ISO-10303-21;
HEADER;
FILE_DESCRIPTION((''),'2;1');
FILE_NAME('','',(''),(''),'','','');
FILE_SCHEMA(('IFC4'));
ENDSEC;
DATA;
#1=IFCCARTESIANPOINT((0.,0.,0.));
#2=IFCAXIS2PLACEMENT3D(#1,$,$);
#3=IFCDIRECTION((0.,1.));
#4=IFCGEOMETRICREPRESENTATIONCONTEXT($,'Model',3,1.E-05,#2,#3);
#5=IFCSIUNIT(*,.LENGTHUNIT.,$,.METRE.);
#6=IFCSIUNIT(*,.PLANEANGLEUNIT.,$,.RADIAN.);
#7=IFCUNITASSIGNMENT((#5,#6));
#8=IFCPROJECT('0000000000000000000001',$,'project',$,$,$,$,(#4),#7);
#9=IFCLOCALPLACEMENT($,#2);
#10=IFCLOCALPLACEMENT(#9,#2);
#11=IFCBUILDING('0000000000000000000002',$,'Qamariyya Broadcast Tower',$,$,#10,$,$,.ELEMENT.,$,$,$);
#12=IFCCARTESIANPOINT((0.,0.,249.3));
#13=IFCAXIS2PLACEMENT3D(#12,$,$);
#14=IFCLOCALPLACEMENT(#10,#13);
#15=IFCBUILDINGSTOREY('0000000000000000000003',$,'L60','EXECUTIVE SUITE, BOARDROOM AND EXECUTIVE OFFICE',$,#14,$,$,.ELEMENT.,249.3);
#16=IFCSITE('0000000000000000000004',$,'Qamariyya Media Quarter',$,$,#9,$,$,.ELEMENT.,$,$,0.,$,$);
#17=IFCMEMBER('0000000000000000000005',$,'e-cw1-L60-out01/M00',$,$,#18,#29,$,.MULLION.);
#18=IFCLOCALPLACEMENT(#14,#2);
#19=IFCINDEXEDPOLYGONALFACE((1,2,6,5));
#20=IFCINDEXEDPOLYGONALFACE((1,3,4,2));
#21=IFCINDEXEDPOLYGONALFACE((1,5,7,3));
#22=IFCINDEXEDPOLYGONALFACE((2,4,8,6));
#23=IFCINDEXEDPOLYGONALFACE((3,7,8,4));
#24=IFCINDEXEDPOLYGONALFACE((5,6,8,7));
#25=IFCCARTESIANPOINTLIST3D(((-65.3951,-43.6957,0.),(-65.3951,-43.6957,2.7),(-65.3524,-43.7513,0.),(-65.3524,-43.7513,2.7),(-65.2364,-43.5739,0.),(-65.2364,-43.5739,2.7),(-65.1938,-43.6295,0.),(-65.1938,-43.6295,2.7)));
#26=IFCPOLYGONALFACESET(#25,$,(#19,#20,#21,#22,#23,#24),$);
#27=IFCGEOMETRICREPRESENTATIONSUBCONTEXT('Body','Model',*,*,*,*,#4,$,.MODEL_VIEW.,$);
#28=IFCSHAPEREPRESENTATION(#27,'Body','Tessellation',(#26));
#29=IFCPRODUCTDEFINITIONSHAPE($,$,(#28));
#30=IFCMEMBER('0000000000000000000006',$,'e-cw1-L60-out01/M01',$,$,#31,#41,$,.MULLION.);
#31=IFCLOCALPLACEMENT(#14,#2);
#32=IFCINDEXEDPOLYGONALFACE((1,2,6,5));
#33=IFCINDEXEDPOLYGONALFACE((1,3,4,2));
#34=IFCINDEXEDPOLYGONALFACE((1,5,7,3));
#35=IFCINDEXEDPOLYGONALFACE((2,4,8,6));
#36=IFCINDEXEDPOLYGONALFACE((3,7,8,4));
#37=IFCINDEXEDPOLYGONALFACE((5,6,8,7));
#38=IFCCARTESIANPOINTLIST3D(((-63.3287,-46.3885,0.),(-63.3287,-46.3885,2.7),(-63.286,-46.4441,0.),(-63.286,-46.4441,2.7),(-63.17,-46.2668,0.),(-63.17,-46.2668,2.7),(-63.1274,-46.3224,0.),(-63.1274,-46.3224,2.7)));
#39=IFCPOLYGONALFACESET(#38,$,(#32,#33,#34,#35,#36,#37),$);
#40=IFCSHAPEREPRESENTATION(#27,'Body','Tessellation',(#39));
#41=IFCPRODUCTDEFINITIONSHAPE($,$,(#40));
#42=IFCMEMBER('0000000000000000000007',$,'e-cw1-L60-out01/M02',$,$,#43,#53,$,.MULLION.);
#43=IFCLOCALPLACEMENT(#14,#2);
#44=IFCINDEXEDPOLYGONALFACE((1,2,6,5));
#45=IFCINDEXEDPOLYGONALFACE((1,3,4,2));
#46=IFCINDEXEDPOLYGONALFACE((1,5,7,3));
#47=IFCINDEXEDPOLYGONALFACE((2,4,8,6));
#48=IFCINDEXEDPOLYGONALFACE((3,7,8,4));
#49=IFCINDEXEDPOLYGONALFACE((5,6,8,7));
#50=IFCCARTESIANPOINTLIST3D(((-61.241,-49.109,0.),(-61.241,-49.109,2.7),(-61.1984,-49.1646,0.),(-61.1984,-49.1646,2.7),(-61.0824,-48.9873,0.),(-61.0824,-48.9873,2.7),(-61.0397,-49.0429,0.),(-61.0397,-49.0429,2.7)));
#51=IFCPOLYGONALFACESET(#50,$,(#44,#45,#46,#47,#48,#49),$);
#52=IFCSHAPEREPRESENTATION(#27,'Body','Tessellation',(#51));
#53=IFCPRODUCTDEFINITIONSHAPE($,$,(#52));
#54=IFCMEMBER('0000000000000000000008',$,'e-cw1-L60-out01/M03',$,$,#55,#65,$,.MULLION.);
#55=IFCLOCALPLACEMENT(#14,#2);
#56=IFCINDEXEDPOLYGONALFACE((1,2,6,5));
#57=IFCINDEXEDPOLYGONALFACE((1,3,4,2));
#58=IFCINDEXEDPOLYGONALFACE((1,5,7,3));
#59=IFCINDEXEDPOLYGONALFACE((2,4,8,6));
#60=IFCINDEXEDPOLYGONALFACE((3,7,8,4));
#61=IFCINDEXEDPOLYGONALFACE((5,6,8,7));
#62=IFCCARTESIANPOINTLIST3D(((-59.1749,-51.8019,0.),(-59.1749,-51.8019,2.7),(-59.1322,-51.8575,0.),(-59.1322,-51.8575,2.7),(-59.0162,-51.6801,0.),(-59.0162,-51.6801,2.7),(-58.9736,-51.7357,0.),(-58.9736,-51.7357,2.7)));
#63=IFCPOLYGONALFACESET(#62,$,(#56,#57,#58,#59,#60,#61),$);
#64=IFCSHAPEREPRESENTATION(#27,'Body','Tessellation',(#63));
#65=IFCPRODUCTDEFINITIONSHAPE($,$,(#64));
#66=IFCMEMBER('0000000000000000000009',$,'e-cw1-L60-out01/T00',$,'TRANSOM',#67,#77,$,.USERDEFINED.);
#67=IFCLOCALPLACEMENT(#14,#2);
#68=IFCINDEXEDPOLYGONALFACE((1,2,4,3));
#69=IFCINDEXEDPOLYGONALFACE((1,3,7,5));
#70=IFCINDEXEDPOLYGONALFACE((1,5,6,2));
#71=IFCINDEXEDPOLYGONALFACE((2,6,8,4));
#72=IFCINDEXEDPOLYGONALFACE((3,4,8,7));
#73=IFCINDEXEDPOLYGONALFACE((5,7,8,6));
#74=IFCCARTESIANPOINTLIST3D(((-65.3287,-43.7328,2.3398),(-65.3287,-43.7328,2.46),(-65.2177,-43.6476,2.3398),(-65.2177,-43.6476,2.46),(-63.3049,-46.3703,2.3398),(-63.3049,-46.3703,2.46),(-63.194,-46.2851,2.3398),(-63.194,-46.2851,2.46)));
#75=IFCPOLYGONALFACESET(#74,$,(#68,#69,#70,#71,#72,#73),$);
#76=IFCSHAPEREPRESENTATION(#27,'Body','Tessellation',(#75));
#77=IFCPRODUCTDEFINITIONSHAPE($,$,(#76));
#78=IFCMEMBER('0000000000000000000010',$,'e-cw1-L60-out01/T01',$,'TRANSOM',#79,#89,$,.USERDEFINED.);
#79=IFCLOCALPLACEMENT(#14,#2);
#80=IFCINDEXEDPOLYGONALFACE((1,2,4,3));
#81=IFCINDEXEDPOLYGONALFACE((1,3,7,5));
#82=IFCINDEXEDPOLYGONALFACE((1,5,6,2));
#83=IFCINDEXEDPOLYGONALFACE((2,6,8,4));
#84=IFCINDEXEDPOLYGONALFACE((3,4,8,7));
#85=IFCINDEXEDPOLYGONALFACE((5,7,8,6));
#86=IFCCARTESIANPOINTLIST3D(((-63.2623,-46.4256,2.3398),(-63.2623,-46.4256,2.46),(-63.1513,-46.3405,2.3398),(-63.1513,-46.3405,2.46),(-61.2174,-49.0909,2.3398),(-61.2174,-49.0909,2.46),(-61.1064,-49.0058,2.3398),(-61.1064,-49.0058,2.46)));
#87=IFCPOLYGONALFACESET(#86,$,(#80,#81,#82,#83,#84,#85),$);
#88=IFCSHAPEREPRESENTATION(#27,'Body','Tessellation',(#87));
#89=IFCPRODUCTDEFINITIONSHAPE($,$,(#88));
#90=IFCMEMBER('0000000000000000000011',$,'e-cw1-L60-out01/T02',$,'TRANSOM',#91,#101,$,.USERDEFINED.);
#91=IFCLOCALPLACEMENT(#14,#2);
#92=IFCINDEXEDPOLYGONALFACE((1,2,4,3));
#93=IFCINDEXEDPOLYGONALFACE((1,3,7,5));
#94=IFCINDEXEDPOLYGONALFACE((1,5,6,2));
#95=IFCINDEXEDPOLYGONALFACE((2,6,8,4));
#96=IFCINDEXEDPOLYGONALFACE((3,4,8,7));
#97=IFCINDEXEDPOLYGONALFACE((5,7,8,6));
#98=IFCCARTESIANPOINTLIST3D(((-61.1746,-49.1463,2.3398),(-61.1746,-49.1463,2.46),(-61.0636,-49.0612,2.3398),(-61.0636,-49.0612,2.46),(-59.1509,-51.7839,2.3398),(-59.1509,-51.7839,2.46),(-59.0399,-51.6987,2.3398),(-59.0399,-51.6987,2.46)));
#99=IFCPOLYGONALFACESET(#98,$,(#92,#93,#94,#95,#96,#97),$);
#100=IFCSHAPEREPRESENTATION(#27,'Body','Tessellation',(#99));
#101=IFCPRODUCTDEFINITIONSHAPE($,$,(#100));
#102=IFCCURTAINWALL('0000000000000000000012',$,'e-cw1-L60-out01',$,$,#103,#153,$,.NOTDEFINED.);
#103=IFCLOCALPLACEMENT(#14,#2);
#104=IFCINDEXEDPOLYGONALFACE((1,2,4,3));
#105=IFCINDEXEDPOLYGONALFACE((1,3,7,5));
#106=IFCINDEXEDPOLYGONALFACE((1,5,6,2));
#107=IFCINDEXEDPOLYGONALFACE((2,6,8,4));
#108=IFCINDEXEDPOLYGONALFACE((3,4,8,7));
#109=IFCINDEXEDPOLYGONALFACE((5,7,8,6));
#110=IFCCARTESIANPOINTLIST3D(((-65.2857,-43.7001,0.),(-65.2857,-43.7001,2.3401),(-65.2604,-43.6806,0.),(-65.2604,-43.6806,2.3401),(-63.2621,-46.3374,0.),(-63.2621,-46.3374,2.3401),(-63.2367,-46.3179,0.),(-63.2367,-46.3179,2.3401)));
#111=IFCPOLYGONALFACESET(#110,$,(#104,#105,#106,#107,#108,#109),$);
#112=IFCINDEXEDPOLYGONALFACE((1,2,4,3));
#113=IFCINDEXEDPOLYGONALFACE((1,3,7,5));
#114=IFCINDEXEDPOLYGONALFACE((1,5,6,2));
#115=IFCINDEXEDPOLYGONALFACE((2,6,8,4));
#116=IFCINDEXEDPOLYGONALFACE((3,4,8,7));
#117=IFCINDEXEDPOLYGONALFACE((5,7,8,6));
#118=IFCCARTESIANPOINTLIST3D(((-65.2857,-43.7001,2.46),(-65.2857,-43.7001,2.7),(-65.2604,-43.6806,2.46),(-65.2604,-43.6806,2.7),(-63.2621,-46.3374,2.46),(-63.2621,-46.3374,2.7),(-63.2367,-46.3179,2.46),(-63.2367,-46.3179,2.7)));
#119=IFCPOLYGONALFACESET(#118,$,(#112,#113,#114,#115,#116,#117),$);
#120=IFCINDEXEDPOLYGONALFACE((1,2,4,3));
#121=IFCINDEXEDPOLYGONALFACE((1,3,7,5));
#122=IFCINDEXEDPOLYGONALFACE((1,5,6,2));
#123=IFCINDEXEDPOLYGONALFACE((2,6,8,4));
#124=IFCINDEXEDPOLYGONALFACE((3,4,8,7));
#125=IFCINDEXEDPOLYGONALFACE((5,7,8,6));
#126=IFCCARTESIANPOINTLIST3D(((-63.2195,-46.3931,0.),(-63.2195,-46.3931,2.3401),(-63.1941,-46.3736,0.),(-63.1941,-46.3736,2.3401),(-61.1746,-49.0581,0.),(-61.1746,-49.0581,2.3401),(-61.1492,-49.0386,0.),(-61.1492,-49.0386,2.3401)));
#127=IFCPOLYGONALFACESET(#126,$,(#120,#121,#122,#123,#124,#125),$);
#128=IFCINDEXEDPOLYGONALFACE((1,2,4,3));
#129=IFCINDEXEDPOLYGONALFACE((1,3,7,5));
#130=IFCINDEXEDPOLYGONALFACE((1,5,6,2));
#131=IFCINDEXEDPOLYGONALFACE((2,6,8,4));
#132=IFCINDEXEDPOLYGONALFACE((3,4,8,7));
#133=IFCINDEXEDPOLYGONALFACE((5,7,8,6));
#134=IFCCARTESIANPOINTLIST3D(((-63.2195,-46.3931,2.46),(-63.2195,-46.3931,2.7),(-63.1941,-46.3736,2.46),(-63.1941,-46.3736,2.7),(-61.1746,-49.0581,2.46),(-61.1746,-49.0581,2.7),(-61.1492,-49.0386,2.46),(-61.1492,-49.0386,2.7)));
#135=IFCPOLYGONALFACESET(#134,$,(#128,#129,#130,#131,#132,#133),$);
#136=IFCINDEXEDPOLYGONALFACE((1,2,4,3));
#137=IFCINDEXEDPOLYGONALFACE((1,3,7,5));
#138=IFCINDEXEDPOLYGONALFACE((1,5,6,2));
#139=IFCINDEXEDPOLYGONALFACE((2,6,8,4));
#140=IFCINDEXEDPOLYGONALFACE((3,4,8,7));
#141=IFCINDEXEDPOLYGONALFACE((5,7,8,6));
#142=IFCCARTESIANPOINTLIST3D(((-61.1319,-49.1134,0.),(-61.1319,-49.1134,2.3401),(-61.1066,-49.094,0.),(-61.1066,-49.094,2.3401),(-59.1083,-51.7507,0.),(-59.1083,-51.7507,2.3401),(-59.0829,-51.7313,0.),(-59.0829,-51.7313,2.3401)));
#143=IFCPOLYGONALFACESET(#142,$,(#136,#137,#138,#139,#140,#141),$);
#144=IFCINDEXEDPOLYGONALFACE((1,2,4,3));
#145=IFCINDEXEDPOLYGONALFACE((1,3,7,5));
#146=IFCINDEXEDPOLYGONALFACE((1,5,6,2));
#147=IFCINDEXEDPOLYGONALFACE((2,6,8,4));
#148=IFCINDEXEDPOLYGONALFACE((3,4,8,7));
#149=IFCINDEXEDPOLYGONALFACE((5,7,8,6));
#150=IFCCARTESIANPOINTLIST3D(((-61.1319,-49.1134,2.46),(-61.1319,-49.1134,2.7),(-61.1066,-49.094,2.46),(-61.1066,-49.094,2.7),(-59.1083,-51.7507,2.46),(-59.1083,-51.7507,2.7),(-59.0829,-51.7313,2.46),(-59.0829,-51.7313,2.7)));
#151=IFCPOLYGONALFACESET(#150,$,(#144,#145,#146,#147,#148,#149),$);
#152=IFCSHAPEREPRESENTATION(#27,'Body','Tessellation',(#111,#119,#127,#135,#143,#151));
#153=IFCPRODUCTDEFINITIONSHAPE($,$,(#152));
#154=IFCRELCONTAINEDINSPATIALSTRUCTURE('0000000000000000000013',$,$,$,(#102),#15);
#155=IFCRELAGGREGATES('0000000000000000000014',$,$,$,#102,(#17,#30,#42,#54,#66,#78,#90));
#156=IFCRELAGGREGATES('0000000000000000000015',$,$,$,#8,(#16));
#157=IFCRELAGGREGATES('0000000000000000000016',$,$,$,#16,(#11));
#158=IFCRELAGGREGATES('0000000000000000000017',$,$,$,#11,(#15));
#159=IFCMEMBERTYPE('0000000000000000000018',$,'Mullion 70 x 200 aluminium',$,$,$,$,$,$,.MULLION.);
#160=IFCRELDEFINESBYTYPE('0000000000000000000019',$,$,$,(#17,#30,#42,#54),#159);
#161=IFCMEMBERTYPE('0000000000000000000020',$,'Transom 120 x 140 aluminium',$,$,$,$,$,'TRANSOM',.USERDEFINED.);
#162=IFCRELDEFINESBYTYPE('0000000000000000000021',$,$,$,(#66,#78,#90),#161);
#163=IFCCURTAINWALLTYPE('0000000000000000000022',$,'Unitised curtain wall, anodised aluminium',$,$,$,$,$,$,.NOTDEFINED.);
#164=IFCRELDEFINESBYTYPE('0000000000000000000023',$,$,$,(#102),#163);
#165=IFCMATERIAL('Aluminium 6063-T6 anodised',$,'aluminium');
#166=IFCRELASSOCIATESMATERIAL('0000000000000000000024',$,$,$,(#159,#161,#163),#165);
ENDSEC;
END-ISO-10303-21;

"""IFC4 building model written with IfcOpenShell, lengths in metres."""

from ifc_helpers import new_model, si_unit, direction, frame, origin, origin_2d, place, context, subcontext, project, spatial, rectangle, extrude, material, material_profile, profile_set, type_object, element, aggregate, save


model = new_model("IFC4")

# Units and contexts
model_context = context("Model", 3, precision=1e-05, world=origin(), true_north=direction((0.0, 1.0)))
body_context = subcontext(model_context, "Body", "Model", "MODEL_VIEW")
ifc_project = project(units=[si_unit("LENGTHUNIT", "METRE"), si_unit("PLANEANGLEUNIT", "RADIAN")], contexts=[model_context])

# Members
ifc_material = material(Name="Aluminium 6063-T6 anodised", Category="aluminium")
ifc_material_profile_1 = material_profile(ifc_material, rectangle(XDim=0.2, YDim=0.0701, at=origin_2d()))
ifc_profile_set_1 = profile_set([ifc_material_profile_1], Name="Aluminium 6063-T6 anodised")
member_type_1 = type_object("IfcMemberType", Name="Mullion 70 x 200 aluminium", PredefinedType="MULLION", material=ifc_profile_set_1)
site_placement = place(None, origin())
building_placement = place(site_placement, origin())
storey_placement = place(building_placement, frame((0.0, 0.0, 249.3)))
member_1_placement = place(storey_placement, frame((-65.2944, -43.6626, 0.0), z_axis=(0.0, 0.0, 1.0), x_axis=(0.793353, 0.608761, 0.0)))
member_1 = element("IfcMember", 1, at=member_1_placement, type_object=member_type_1, Name="e-cw1-L60-out01/M00", PredefinedType="MULLION", context=body_context, shape_type="SweptSolid", body=[
    extrude(rectangle(XDim=0.2, YDim=0.0701, at=origin_2d()), origin(), (0.0, 0.0, 1.0), 2.7),
])
member_2_placement = place(storey_placement, frame((-63.228, -46.3555, 0.0), z_axis=(0.0, 0.0, 1.0), x_axis=(0.793353, 0.608761, 0.0)))
member_2 = element("IfcMember", 2, at=member_2_placement, type_object=member_type_1, Name="e-cw1-L60-out01/M01", PredefinedType="MULLION", context=body_context, shape_type="SweptSolid", body=[
    extrude(rectangle(XDim=0.2, YDim=0.0701, at=origin_2d()), origin(), (0.0, 0.0, 1.0), 2.7),
])
member_3_placement = place(storey_placement, frame((-61.1404, -49.0759, 0.0), z_axis=(0.0, 0.0, 1.0), x_axis=(0.793353, 0.608761, 0.0)))
member_3 = element("IfcMember", 3, at=member_3_placement, type_object=member_type_1, Name="e-cw1-L60-out01/M02", PredefinedType="MULLION", context=body_context, shape_type="SweptSolid", body=[
    extrude(rectangle(XDim=0.2, YDim=0.0701, at=origin_2d()), origin(), (0.0, 0.0, 1.0), 2.7),
])
member_4_placement = place(storey_placement, frame((-59.0742, -51.7688, 0.0), z_axis=(0.0, 0.0, 1.0), x_axis=(0.793353, 0.608761, 0.0)))
member_4 = element("IfcMember", 4, at=member_4_placement, type_object=member_type_1, Name="e-cw1-L60-out01/M03", PredefinedType="MULLION", context=body_context, shape_type="SweptSolid", body=[
    extrude(rectangle(XDim=0.2, YDim=0.0701, at=origin_2d()), origin(), (0.0, 0.0, 1.0), 2.7),
])
ifc_material_profile_2 = material_profile(ifc_material, rectangle(XDim=0.1399, YDim=0.1201, at=origin_2d()))
ifc_profile_set_2 = profile_set([ifc_material_profile_2], Name="Aluminium 6063-T6 anodised")
member_type_2 = type_object("IfcMemberType", Name="Transom 120 x 140 aluminium", ElementType="TRANSOM", PredefinedType="USERDEFINED", material=ifc_profile_set_2)
member_5_placement = place(storey_placement, frame((-65.2732, -43.6902, 2.3999), z_axis=(0.608741, -0.793369, 0.0), x_axis=(0.793369, 0.608741, 0.0)))
member_5 = element("IfcMember", 5, at=member_5_placement, type_object=member_type_2, Name="e-cw1-L60-out01/T00", ObjectType="TRANSOM", PredefinedType="USERDEFINED", context=body_context, shape_type="SweptSolid", body=[
    extrude(rectangle(XDim=0.1399, YDim=0.1201, at=origin_2d()), origin(), (0.0, 0.0, 1.0), 3.3245),
])
member_6_placement = place(storey_placement, frame((-63.2068, -46.3831, 2.3999), z_axis=(0.60872, -0.793385, 0.0), x_axis=(0.793385, 0.60872, 0.0)))
member_6 = element("IfcMember", 6, at=member_6_placement, type_object=member_type_2, Name="e-cw1-L60-out01/T01", ObjectType="TRANSOM", PredefinedType="USERDEFINED", context=body_context, shape_type="SweptSolid", body=[
    extrude(rectangle(XDim=0.1399, YDim=0.1201, at=origin_2d()), origin(), (0.0, 0.0, 1.0), 3.3594),
])
member_7_placement = place(storey_placement, frame((-61.1191, -49.1038, 2.3999), z_axis=(0.608741, -0.793369, 0.0), x_axis=(0.793369, 0.608741, 0.0)))
member_7 = element("IfcMember", 7, at=member_7_placement, type_object=member_type_2, Name="e-cw1-L60-out01/T02", ObjectType="TRANSOM", PredefinedType="USERDEFINED", context=body_context, shape_type="SweptSolid", body=[
    extrude(rectangle(XDim=0.1399, YDim=0.1201, at=origin_2d()), origin(), (0.0, 0.0, 1.0), 3.3245),
])

# Site, building, storey
site = spatial("IfcSite", under=ifc_project, at=site_placement, Name="Qamariyya Media Quarter", CompositionType="ELEMENT", RefElevation=0.0)
building = spatial("IfcBuilding", under=site, at=building_placement, Name="Qamariyya Broadcast Tower", CompositionType="ELEMENT")
storey = spatial("IfcBuildingStorey", under=building, at=storey_placement, Name="L60", Description="EXECUTIVE SUITE, BOARDROOM AND EXECUTIVE OFFICE", CompositionType="ELEMENT", Elevation=249.3)

# Curtain wall
curtain_wall_type = type_object("IfcCurtainWallType", Name="Unitised curtain wall, anodised aluminium", PredefinedType="NOTDEFINED", material=ifc_material)
curtain_wall_1_placement = place(storey_placement, origin())
curtain_wall_1 = element("IfcCurtainWall", 8, at=curtain_wall_1_placement, inside=storey, type_object=curtain_wall_type, Name="e-cw1-L60-out01", PredefinedType="NOTDEFINED", context=body_context, shape_type="SweptSolid", body=[
    extrude(rectangle(XDim=3.3242, YDim=0.032, at=origin_2d()), frame((-64.2612, -45.009, 0.0), x_axis=(0.608754, -0.793359, 0.0)), (0.0, 0.0, 1.0), 2.3401),
    extrude(rectangle(XDim=3.3242, YDim=0.032, at=origin_2d()), frame((-64.2612, -45.009, 2.46), x_axis=(0.608754, -0.793359, 0.0)), (0.0, 0.0, 1.0), 0.24),
    extrude(rectangle(XDim=3.3591, YDim=0.032, at=origin_2d()), frame((-62.1843, -47.7158, 0.0), x_axis=(0.608754, -0.793359, 0.0)), (0.0, 0.0, 1.0), 2.3401),
    extrude(rectangle(XDim=3.3591, YDim=0.032, at=origin_2d()), frame((-62.1843, -47.7158, 2.46), x_axis=(0.608754, -0.793359, 0.0)), (0.0, 0.0, 1.0), 0.24),
    extrude(rectangle(XDim=3.3242, YDim=0.032, at=origin_2d()), frame((-60.1074, -50.4224, 0.0), x_axis=(0.608754, -0.793359, 0.0)), (0.0, 0.0, 1.0), 2.3401),
    extrude(rectangle(XDim=3.3242, YDim=0.032, at=origin_2d()), frame((-60.1074, -50.4224, 2.46), x_axis=(0.608754, -0.793359, 0.0)), (0.0, 0.0, 1.0), 0.24),
])
aggregate(curtain_wall_1, [member_1, member_2, member_3, member_4, member_5, member_6, member_7])

save(model, "model.ifc")
